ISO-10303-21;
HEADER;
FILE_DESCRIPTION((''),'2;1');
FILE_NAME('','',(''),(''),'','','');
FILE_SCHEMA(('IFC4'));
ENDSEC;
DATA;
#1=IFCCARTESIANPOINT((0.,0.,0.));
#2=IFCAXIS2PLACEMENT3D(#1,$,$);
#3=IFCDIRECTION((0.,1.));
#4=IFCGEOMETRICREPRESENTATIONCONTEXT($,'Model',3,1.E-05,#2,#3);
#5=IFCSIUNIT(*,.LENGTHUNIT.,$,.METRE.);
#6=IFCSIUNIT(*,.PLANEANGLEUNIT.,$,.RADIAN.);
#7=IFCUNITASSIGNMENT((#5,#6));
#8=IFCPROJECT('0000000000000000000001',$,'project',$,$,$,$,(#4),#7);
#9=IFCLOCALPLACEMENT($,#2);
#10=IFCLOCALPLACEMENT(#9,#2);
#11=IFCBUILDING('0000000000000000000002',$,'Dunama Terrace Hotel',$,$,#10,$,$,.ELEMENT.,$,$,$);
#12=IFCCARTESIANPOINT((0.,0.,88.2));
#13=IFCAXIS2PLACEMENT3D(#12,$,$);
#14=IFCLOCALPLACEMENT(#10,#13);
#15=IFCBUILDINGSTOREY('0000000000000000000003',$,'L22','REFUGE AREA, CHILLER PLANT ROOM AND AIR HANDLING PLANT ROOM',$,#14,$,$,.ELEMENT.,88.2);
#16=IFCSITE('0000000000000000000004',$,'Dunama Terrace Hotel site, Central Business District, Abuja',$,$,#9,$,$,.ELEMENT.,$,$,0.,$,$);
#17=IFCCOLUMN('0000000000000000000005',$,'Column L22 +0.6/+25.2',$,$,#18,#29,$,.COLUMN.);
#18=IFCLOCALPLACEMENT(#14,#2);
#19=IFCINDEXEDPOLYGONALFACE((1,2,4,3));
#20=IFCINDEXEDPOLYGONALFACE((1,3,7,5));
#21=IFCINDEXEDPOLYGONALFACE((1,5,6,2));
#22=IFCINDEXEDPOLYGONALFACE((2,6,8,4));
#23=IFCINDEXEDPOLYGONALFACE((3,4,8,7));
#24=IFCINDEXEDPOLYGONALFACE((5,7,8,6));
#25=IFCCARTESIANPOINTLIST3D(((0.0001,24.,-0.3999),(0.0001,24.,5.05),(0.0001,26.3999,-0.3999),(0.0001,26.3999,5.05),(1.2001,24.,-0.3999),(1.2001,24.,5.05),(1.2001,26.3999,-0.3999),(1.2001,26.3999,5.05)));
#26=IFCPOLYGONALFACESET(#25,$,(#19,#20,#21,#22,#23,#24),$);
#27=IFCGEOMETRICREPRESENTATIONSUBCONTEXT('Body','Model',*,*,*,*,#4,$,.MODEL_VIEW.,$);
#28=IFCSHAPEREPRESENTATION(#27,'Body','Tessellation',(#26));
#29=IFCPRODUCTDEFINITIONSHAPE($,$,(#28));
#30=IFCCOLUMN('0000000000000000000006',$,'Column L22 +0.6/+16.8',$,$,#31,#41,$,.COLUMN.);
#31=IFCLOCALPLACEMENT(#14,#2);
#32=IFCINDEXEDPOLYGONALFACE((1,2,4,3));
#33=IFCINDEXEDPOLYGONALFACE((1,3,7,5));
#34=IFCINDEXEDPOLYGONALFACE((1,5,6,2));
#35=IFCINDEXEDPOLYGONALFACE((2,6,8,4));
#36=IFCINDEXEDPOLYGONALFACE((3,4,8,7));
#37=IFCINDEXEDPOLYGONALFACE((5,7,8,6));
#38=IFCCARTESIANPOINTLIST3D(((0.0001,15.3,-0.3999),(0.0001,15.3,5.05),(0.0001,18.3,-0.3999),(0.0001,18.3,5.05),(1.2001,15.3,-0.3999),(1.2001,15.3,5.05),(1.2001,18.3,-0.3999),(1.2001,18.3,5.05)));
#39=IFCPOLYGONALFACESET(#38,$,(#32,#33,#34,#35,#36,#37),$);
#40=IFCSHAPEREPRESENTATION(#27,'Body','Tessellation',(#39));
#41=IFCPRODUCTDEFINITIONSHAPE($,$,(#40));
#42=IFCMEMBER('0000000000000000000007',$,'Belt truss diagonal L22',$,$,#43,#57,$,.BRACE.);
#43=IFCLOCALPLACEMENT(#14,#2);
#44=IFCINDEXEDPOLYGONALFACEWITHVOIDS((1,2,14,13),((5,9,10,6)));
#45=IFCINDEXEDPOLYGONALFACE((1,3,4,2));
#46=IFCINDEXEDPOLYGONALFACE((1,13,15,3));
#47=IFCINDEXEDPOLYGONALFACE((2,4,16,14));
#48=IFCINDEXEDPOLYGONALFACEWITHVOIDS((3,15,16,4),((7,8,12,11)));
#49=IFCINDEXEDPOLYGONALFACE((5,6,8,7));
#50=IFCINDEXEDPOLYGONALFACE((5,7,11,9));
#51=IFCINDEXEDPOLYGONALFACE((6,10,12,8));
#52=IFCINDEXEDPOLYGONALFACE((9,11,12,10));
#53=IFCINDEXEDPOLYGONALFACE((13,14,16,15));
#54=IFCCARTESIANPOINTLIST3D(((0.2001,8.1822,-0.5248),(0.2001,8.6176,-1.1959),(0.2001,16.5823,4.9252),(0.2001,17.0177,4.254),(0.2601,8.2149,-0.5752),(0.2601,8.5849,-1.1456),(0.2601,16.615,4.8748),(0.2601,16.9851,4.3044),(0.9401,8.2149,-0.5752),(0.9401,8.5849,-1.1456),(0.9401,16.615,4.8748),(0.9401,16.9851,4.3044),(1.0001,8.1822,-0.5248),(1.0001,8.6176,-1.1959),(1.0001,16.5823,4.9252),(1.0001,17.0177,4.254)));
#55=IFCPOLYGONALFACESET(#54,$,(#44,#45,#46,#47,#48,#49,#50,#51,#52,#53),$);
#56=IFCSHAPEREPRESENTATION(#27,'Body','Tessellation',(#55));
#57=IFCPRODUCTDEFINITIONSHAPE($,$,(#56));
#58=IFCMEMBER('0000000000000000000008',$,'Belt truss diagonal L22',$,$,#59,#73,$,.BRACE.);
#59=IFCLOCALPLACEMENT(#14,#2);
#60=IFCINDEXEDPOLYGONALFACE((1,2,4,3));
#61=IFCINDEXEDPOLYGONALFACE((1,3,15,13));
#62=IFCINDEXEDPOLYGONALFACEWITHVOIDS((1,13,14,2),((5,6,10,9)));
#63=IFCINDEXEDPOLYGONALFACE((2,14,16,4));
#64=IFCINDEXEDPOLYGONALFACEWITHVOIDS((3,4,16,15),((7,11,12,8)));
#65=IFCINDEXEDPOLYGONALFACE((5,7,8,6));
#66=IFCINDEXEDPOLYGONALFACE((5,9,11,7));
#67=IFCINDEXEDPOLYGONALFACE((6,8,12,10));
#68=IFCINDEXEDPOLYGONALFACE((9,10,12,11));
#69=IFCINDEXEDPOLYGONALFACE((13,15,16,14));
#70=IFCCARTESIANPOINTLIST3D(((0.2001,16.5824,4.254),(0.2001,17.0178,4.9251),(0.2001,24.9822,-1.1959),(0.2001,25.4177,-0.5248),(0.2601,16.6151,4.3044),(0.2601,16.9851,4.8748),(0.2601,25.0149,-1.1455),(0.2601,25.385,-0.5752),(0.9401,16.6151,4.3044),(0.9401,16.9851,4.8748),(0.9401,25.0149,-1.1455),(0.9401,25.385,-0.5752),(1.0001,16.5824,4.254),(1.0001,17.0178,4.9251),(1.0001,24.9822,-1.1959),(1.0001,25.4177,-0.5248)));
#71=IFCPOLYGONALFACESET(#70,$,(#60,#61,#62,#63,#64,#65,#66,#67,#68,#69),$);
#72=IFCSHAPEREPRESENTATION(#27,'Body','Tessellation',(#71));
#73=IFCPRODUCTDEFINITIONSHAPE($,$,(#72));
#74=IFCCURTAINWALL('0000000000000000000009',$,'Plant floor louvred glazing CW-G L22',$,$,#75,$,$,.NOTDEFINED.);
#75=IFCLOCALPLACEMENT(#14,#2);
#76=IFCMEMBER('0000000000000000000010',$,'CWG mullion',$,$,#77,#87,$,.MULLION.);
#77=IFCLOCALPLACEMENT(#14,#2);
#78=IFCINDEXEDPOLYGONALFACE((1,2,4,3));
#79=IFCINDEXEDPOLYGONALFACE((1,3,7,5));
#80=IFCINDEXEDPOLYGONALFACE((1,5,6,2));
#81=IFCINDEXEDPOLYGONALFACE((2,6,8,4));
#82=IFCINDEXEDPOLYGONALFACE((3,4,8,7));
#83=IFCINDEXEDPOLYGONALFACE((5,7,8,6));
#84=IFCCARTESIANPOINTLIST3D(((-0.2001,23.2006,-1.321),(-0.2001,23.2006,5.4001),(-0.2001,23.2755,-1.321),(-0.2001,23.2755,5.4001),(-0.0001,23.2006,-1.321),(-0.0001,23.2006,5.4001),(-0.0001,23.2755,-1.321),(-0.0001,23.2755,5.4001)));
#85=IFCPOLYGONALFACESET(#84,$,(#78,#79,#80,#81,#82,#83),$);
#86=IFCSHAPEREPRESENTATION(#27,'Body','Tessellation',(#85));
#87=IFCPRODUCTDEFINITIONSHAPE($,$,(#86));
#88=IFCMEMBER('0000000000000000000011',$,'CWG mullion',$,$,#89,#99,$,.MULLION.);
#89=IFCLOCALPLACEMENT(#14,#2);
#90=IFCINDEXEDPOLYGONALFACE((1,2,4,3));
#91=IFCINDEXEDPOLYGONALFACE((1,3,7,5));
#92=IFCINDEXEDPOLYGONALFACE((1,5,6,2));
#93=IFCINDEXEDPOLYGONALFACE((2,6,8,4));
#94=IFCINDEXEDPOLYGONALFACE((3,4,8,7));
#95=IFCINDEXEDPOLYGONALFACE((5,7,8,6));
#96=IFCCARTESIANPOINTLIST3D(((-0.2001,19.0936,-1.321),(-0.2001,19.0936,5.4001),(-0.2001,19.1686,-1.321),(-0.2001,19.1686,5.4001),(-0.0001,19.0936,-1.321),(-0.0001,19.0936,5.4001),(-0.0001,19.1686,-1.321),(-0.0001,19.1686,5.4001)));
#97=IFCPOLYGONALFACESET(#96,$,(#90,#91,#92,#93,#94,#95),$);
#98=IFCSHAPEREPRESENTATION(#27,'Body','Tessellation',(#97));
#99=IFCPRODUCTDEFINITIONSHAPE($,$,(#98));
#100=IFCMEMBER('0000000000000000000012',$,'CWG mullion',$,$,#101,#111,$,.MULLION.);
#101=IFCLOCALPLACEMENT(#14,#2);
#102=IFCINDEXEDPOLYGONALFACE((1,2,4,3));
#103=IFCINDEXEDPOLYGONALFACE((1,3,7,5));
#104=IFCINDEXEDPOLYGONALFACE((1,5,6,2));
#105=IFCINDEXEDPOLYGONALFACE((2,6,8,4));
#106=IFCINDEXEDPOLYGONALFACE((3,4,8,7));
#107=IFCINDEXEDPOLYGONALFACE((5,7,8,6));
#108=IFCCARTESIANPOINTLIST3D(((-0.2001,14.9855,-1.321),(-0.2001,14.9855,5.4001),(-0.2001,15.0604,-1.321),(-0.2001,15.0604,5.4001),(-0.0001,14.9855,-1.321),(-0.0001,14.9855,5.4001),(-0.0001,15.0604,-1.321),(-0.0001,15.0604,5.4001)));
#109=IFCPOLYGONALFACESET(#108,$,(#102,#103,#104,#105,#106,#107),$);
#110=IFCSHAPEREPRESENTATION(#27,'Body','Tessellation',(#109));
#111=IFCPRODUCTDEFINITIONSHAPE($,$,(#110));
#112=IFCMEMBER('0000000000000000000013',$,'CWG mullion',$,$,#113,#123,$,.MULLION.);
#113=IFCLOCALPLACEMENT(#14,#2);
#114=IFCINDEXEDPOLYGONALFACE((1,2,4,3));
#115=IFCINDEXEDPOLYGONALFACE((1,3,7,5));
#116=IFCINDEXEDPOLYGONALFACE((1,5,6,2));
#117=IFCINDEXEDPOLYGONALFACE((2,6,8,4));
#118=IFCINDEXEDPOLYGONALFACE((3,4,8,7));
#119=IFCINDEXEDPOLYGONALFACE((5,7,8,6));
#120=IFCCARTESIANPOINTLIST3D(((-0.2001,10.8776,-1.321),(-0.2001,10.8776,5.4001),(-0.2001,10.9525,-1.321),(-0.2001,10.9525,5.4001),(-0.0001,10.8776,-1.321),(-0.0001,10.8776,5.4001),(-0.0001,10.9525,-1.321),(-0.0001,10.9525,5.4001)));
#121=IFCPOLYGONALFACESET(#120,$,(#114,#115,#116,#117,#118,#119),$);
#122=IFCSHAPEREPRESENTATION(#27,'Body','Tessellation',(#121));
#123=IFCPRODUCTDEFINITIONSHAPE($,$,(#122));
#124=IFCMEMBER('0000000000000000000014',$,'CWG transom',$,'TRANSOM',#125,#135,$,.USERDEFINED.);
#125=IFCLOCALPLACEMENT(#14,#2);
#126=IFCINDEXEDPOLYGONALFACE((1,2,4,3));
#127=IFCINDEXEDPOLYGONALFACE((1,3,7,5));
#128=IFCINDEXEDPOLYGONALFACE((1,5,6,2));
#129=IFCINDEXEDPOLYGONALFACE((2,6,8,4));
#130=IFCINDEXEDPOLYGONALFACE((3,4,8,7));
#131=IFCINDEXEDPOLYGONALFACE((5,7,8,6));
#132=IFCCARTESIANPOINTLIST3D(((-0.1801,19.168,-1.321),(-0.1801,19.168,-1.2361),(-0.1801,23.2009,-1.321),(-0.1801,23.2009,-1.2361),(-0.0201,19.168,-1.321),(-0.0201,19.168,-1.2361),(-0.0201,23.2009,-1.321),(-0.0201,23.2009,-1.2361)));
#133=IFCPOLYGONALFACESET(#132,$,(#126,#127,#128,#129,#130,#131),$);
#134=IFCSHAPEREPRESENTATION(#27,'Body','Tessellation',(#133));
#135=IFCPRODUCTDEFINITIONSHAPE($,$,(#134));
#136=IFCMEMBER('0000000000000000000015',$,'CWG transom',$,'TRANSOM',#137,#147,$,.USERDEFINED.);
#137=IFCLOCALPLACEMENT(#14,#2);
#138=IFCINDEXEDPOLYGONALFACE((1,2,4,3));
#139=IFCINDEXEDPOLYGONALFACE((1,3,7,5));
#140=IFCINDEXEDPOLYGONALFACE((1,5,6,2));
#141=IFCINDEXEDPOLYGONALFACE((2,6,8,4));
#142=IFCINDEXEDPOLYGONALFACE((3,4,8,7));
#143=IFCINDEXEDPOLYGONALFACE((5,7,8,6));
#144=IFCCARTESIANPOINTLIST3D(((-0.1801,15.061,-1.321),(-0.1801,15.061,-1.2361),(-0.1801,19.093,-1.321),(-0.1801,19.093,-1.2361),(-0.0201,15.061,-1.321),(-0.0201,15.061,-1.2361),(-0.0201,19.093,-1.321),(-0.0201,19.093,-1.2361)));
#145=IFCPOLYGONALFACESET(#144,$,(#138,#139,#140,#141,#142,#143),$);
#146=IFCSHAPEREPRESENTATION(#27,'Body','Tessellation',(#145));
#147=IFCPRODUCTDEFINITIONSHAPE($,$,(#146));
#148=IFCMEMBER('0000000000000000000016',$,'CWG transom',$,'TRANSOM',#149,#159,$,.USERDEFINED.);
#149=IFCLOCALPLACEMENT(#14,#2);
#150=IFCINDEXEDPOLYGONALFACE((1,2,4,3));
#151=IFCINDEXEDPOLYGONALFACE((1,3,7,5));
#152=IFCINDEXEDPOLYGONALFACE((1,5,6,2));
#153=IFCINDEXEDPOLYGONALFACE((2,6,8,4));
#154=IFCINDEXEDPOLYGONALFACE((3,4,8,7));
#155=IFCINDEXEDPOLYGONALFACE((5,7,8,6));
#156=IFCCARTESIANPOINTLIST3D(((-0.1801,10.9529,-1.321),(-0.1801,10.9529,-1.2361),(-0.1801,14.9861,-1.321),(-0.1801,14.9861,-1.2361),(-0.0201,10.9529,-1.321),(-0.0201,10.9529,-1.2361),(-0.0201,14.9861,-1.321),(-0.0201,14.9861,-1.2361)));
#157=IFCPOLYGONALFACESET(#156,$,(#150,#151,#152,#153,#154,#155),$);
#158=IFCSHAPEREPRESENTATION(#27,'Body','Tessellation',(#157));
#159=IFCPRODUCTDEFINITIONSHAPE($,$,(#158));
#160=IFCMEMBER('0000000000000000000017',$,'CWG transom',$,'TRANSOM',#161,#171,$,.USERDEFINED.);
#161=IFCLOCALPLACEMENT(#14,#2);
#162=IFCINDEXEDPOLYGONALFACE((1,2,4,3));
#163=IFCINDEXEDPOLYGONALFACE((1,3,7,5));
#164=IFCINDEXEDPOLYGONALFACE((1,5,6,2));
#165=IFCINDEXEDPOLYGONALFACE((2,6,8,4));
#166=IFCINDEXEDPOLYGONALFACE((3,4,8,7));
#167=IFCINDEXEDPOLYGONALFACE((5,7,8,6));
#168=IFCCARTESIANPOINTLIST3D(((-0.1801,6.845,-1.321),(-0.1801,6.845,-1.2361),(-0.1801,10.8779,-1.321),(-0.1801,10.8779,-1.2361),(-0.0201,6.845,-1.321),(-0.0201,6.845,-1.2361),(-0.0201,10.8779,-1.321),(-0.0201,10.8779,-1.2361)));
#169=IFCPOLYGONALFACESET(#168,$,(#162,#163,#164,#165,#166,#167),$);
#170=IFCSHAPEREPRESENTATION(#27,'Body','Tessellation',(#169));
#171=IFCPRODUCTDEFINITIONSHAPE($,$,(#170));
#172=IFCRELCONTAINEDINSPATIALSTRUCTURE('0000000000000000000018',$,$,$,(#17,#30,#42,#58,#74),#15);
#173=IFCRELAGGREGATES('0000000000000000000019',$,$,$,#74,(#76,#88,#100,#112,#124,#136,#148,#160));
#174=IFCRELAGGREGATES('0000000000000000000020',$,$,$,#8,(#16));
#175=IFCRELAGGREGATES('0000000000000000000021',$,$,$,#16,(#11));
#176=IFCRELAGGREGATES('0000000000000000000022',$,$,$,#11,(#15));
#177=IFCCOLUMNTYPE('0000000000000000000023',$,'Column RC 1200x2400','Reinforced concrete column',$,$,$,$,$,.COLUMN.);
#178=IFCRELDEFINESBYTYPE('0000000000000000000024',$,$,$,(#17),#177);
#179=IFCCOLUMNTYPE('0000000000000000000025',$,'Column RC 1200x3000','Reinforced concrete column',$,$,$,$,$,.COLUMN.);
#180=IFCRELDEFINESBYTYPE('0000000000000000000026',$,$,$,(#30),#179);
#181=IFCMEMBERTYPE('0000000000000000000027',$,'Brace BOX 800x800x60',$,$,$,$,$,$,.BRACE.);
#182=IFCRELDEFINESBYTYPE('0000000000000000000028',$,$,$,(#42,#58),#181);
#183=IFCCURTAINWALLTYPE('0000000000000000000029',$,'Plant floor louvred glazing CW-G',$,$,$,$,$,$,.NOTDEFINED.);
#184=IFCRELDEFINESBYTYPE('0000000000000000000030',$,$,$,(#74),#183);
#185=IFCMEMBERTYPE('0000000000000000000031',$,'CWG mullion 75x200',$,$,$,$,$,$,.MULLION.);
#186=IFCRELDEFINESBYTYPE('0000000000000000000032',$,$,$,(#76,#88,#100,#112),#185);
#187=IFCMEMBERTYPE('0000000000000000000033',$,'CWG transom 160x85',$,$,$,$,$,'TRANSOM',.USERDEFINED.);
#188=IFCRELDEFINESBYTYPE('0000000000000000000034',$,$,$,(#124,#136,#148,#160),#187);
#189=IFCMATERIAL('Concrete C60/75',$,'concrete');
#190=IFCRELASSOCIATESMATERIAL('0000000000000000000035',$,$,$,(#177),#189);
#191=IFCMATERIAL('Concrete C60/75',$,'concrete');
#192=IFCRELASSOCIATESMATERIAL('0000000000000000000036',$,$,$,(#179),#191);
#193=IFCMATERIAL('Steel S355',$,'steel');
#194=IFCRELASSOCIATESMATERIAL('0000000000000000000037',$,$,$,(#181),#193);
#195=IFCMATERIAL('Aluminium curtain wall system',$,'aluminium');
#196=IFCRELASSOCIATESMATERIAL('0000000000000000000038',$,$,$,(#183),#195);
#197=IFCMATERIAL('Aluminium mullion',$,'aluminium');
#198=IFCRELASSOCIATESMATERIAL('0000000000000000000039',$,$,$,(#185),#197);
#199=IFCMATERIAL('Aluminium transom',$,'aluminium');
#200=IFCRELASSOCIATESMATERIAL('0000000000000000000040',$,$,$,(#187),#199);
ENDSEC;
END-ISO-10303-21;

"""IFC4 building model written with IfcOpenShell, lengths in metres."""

from ifc_helpers import new_model, si_unit, direction, frame, origin, origin_2d, place, context, subcontext, project, spatial, rectangle, hollow_rectangle, extrude, material, material_profile, profile_set, type_object, element, aggregate, save


model = new_model("IFC4")

# Units and contexts
model_context = context("Model", 3, precision=1e-05, world=origin(), true_north=direction((0.0, 1.0)))
body_context = subcontext(model_context, "Body", "Model", "MODEL_VIEW")
ifc_project = project(units=[si_unit("LENGTHUNIT", "METRE"), si_unit("PLANEANGLEUNIT", "RADIAN")], contexts=[model_context])

# Site, building, storey
site_placement = place(None, origin())
site = spatial("IfcSite", under=ifc_project, at=site_placement, Name="Dunama Terrace Hotel site, Central Business District, Abuja", CompositionType="ELEMENT", RefElevation=0.0)
building_placement = place(site_placement, origin())
building = spatial("IfcBuilding", under=site, at=building_placement, Name="Dunama Terrace Hotel", CompositionType="ELEMENT")
storey_placement = place(building_placement, frame((0.0, 0.0, 88.2)))
storey = spatial("IfcBuildingStorey", under=building, at=storey_placement, Name="L22", Description="REFUGE AREA, CHILLER PLANT ROOM AND AIR HANDLING PLANT ROOM", CompositionType="ELEMENT", Elevation=88.2)

# Columns
ifc_material_1 = material(Name="Concrete C60/75", Category="concrete")
ifc_material_profile_1 = material_profile(ifc_material_1, rectangle(XDim=1.2, YDim=2.3999, at=origin_2d()), Name="RC 1200x2400")
ifc_profile_set_1 = profile_set([ifc_material_profile_1], Name="Concrete C60/75")
column_type_1 = type_object("IfcColumnType", Name="Column RC 1200x2400", Description="Reinforced concrete column", PredefinedType="COLUMN", material=ifc_profile_set_1)
column_1_placement = place(storey_placement, frame((0.6001, 25.2, -0.3999), z_axis=(0.0, 0.0, 1.0), x_axis=(1.0, 0.0, 0.0)))
element("IfcColumn", 1, at=column_1_placement, inside=storey, type_object=column_type_1, Name="Column L22 +0.6/+25.2", PredefinedType="COLUMN", context=body_context, shape_type="SweptSolid", body=[
    extrude(rectangle(XDim=1.2, YDim=2.3999, at=origin_2d()), origin(), (0.0, 0.0, 1.0), 5.45),
])
ifc_material_2 = material(Name="Concrete C60/75", Category="concrete")
ifc_material_profile_2 = material_profile(ifc_material_2, rectangle(XDim=1.2, YDim=3.0, at=origin_2d()), Name="RC 1200x3000")
ifc_profile_set_2 = profile_set([ifc_material_profile_2], Name="Concrete C60/75")
column_type_2 = type_object("IfcColumnType", Name="Column RC 1200x3000", Description="Reinforced concrete column", PredefinedType="COLUMN", material=ifc_profile_set_2)
column_2_placement = place(storey_placement, frame((0.6001, 16.8, -0.3999), z_axis=(0.0, 0.0, 1.0), x_axis=(1.0, 0.0, 0.0)))
element("IfcColumn", 2, at=column_2_placement, inside=storey, type_object=column_type_2, Name="Column L22 +0.6/+16.8", PredefinedType="COLUMN", context=body_context, shape_type="SweptSolid", body=[
    extrude(rectangle(XDim=1.2, YDim=3.0, at=origin_2d()), origin(), (0.0, 0.0, 1.0), 5.45),
])

# Members
ifc_material_3 = material(Name="Steel S355", Category="steel")
ifc_material_profile_3 = material_profile(ifc_material_3, hollow_rectangle(XDim=0.8, YDim=0.8, WallThickness=0.0601, at=origin_2d()), Name="BOX 800x800x60")
ifc_profile_set_3 = profile_set([ifc_material_profile_3], Name="Steel S355")
member_type_1 = type_object("IfcMemberType", Name="Brace BOX 800x800x60", PredefinedType="BRACE", material=ifc_profile_set_3)
member_1_placement = place(storey_placement, frame((0.6001, 8.3999, -0.8604), z_axis=(0.0, 0.838906, 0.544276), x_axis=(-1.0, 0.0, 0.0)))
element("IfcMember", 3, at=member_1_placement, inside=storey, type_object=member_type_1, Name="Belt truss diagonal L22", PredefinedType="BRACE", context=body_context, shape_type="SweptSolid", body=[
    extrude(hollow_rectangle(XDim=0.8, YDim=0.8, WallThickness=0.0601, at=origin_2d()), origin(), (0.0, 0.0, 1.0), 10.0132),
])
member_2_placement = place(storey_placement, frame((0.6001, 25.2, -0.8604), z_axis=(0.0, -0.838899, 0.544287), x_axis=(1.0, 0.0, 0.0)))
element("IfcMember", 4, at=member_2_placement, inside=storey, type_object=member_type_1, Name="Belt truss diagonal L22", PredefinedType="BRACE", context=body_context, shape_type="SweptSolid", body=[
    extrude(hollow_rectangle(XDim=0.8, YDim=0.8, WallThickness=0.0601, at=origin_2d()), origin(), (0.0, 0.0, 1.0), 10.0129),
])

# Curtain wall, members
ifc_material_4 = material(Name="Aluminium curtain wall system", Category="aluminium")
curtain_wall_type = type_object("IfcCurtainWallType", Name="Plant floor louvred glazing CW-G", PredefinedType="NOTDEFINED", material=ifc_material_4)
curtain_wall_placement = place(storey_placement, origin())
curtain_wall = element("IfcCurtainWall", 5, at=curtain_wall_placement, inside=storey, type_object=curtain_wall_type, Name="Plant floor louvred glazing CW-G L22", PredefinedType="NOTDEFINED")
ifc_material_5 = material(Name="Aluminium mullion", Category="aluminium")
ifc_material_profile_4 = material_profile(ifc_material_5, rectangle(XDim=0.075, YDim=0.2, at=origin_2d()), Name="CWG MULLION 75X200")
ifc_profile_set_4 = profile_set([ifc_material_profile_4], Name="Aluminium mullion")
member_type_2 = type_object("IfcMemberType", Name="CWG mullion 75x200", PredefinedType="MULLION", material=ifc_profile_set_4)
member_3_placement = place(storey_placement, frame((-0.1001, 23.238, -1.321), z_axis=(0.0, 0.0, 1.0), x_axis=(0.0, -1.0, 0.0)))
member_3 = element("IfcMember", 6, at=member_3_placement, type_object=member_type_2, Name="CWG mullion", PredefinedType="MULLION", context=body_context, shape_type="SweptSolid", body=[
    extrude(rectangle(XDim=0.075, YDim=0.2, at=origin_2d()), origin(), (0.0, 0.0, 1.0), 6.7212),
])
member_4_placement = place(storey_placement, frame((-0.1001, 19.1311, -1.321), z_axis=(0.0, 0.0, 1.0), x_axis=(0.0, -1.0, 0.0)))
member_4 = element("IfcMember", 7, at=member_4_placement, type_object=member_type_2, Name="CWG mullion", PredefinedType="MULLION", context=body_context, shape_type="SweptSolid", body=[
    extrude(rectangle(XDim=0.075, YDim=0.2, at=origin_2d()), origin(), (0.0, 0.0, 1.0), 6.7212),
])
member_5_placement = place(storey_placement, frame((-0.1001, 15.0229, -1.321), z_axis=(0.0, 0.0, 1.0), x_axis=(0.0, -1.0, 0.0)))
member_5 = element("IfcMember", 8, at=member_5_placement, type_object=member_type_2, Name="CWG mullion", PredefinedType="MULLION", context=body_context, shape_type="SweptSolid", body=[
    extrude(rectangle(XDim=0.075, YDim=0.2, at=origin_2d()), origin(), (0.0, 0.0, 1.0), 6.7212),
])
member_6_placement = place(storey_placement, frame((-0.1001, 10.915, -1.321), z_axis=(0.0, 0.0, 1.0), x_axis=(0.0, -1.0, 0.0)))
member_6 = element("IfcMember", 9, at=member_6_placement, type_object=member_type_2, Name="CWG mullion", PredefinedType="MULLION", context=body_context, shape_type="SweptSolid", body=[
    extrude(rectangle(XDim=0.075, YDim=0.2, at=origin_2d()), origin(), (0.0, 0.0, 1.0), 6.7212),
])
ifc_material_6 = material(Name="Aluminium transom", Category="aluminium")
ifc_material_profile_5 = material_profile(ifc_material_6, rectangle(XDim=0.1599, YDim=0.085, at=origin_2d()), Name="CWG TRANSOM 160X85")
ifc_profile_set_5 = profile_set([ifc_material_profile_5], Name="Aluminium transom")
member_type_3 = type_object("IfcMemberType", Name="CWG transom 160x85", ElementType="TRANSOM", PredefinedType="USERDEFINED", material=ifc_profile_set_5)
member_7_placement = place(storey_placement, frame((-0.1001, 23.2009, -1.2786), z_axis=(0.0, -1.0, 0.0), x_axis=(1.0, 0.0, 0.0)))
member_7 = element("IfcMember", 10, at=member_7_placement, type_object=member_type_3, Name="CWG transom", ObjectType="TRANSOM", PredefinedType="USERDEFINED", context=body_context, shape_type="SweptSolid", body=[
    extrude(rectangle(XDim=0.1599, YDim=0.085, at=origin_2d()), origin(), (0.0, 0.0, 1.0), 4.033),
])
member_8_placement = place(storey_placement, frame((-0.1001, 19.093, -1.2786), z_axis=(0.0, -1.0, 0.0), x_axis=(1.0, 0.0, 0.0)))
member_8 = element("IfcMember", 11, at=member_8_placement, type_object=member_type_3, Name="CWG transom", ObjectType="TRANSOM", PredefinedType="USERDEFINED", context=body_context, shape_type="SweptSolid", body=[
    extrude(rectangle(XDim=0.1599, YDim=0.085, at=origin_2d()), origin(), (0.0, 0.0, 1.0), 4.032),
])
member_9_placement = place(storey_placement, frame((-0.1001, 14.9861, -1.2786), z_axis=(0.0, -1.0, 0.0), x_axis=(1.0, 0.0, 0.0)))
member_9 = element("IfcMember", 12, at=member_9_placement, type_object=member_type_3, Name="CWG transom", ObjectType="TRANSOM", PredefinedType="USERDEFINED", context=body_context, shape_type="SweptSolid", body=[
    extrude(rectangle(XDim=0.1599, YDim=0.085, at=origin_2d()), origin(), (0.0, 0.0, 1.0), 4.0332),
])
member_10_placement = place(storey_placement, frame((-0.1001, 10.8779, -1.2786), z_axis=(0.0, -1.0, 0.0), x_axis=(1.0, 0.0, 0.0)))
member_10 = element("IfcMember", 13, at=member_10_placement, type_object=member_type_3, Name="CWG transom", ObjectType="TRANSOM", PredefinedType="USERDEFINED", context=body_context, shape_type="SweptSolid", body=[
    extrude(rectangle(XDim=0.1599, YDim=0.085, at=origin_2d()), origin(), (0.0, 0.0, 1.0), 4.033),
])

aggregate(curtain_wall, [member_3, member_4, member_5, member_6, member_7, member_8, member_9, member_10])

save(model, "model.ifc")
